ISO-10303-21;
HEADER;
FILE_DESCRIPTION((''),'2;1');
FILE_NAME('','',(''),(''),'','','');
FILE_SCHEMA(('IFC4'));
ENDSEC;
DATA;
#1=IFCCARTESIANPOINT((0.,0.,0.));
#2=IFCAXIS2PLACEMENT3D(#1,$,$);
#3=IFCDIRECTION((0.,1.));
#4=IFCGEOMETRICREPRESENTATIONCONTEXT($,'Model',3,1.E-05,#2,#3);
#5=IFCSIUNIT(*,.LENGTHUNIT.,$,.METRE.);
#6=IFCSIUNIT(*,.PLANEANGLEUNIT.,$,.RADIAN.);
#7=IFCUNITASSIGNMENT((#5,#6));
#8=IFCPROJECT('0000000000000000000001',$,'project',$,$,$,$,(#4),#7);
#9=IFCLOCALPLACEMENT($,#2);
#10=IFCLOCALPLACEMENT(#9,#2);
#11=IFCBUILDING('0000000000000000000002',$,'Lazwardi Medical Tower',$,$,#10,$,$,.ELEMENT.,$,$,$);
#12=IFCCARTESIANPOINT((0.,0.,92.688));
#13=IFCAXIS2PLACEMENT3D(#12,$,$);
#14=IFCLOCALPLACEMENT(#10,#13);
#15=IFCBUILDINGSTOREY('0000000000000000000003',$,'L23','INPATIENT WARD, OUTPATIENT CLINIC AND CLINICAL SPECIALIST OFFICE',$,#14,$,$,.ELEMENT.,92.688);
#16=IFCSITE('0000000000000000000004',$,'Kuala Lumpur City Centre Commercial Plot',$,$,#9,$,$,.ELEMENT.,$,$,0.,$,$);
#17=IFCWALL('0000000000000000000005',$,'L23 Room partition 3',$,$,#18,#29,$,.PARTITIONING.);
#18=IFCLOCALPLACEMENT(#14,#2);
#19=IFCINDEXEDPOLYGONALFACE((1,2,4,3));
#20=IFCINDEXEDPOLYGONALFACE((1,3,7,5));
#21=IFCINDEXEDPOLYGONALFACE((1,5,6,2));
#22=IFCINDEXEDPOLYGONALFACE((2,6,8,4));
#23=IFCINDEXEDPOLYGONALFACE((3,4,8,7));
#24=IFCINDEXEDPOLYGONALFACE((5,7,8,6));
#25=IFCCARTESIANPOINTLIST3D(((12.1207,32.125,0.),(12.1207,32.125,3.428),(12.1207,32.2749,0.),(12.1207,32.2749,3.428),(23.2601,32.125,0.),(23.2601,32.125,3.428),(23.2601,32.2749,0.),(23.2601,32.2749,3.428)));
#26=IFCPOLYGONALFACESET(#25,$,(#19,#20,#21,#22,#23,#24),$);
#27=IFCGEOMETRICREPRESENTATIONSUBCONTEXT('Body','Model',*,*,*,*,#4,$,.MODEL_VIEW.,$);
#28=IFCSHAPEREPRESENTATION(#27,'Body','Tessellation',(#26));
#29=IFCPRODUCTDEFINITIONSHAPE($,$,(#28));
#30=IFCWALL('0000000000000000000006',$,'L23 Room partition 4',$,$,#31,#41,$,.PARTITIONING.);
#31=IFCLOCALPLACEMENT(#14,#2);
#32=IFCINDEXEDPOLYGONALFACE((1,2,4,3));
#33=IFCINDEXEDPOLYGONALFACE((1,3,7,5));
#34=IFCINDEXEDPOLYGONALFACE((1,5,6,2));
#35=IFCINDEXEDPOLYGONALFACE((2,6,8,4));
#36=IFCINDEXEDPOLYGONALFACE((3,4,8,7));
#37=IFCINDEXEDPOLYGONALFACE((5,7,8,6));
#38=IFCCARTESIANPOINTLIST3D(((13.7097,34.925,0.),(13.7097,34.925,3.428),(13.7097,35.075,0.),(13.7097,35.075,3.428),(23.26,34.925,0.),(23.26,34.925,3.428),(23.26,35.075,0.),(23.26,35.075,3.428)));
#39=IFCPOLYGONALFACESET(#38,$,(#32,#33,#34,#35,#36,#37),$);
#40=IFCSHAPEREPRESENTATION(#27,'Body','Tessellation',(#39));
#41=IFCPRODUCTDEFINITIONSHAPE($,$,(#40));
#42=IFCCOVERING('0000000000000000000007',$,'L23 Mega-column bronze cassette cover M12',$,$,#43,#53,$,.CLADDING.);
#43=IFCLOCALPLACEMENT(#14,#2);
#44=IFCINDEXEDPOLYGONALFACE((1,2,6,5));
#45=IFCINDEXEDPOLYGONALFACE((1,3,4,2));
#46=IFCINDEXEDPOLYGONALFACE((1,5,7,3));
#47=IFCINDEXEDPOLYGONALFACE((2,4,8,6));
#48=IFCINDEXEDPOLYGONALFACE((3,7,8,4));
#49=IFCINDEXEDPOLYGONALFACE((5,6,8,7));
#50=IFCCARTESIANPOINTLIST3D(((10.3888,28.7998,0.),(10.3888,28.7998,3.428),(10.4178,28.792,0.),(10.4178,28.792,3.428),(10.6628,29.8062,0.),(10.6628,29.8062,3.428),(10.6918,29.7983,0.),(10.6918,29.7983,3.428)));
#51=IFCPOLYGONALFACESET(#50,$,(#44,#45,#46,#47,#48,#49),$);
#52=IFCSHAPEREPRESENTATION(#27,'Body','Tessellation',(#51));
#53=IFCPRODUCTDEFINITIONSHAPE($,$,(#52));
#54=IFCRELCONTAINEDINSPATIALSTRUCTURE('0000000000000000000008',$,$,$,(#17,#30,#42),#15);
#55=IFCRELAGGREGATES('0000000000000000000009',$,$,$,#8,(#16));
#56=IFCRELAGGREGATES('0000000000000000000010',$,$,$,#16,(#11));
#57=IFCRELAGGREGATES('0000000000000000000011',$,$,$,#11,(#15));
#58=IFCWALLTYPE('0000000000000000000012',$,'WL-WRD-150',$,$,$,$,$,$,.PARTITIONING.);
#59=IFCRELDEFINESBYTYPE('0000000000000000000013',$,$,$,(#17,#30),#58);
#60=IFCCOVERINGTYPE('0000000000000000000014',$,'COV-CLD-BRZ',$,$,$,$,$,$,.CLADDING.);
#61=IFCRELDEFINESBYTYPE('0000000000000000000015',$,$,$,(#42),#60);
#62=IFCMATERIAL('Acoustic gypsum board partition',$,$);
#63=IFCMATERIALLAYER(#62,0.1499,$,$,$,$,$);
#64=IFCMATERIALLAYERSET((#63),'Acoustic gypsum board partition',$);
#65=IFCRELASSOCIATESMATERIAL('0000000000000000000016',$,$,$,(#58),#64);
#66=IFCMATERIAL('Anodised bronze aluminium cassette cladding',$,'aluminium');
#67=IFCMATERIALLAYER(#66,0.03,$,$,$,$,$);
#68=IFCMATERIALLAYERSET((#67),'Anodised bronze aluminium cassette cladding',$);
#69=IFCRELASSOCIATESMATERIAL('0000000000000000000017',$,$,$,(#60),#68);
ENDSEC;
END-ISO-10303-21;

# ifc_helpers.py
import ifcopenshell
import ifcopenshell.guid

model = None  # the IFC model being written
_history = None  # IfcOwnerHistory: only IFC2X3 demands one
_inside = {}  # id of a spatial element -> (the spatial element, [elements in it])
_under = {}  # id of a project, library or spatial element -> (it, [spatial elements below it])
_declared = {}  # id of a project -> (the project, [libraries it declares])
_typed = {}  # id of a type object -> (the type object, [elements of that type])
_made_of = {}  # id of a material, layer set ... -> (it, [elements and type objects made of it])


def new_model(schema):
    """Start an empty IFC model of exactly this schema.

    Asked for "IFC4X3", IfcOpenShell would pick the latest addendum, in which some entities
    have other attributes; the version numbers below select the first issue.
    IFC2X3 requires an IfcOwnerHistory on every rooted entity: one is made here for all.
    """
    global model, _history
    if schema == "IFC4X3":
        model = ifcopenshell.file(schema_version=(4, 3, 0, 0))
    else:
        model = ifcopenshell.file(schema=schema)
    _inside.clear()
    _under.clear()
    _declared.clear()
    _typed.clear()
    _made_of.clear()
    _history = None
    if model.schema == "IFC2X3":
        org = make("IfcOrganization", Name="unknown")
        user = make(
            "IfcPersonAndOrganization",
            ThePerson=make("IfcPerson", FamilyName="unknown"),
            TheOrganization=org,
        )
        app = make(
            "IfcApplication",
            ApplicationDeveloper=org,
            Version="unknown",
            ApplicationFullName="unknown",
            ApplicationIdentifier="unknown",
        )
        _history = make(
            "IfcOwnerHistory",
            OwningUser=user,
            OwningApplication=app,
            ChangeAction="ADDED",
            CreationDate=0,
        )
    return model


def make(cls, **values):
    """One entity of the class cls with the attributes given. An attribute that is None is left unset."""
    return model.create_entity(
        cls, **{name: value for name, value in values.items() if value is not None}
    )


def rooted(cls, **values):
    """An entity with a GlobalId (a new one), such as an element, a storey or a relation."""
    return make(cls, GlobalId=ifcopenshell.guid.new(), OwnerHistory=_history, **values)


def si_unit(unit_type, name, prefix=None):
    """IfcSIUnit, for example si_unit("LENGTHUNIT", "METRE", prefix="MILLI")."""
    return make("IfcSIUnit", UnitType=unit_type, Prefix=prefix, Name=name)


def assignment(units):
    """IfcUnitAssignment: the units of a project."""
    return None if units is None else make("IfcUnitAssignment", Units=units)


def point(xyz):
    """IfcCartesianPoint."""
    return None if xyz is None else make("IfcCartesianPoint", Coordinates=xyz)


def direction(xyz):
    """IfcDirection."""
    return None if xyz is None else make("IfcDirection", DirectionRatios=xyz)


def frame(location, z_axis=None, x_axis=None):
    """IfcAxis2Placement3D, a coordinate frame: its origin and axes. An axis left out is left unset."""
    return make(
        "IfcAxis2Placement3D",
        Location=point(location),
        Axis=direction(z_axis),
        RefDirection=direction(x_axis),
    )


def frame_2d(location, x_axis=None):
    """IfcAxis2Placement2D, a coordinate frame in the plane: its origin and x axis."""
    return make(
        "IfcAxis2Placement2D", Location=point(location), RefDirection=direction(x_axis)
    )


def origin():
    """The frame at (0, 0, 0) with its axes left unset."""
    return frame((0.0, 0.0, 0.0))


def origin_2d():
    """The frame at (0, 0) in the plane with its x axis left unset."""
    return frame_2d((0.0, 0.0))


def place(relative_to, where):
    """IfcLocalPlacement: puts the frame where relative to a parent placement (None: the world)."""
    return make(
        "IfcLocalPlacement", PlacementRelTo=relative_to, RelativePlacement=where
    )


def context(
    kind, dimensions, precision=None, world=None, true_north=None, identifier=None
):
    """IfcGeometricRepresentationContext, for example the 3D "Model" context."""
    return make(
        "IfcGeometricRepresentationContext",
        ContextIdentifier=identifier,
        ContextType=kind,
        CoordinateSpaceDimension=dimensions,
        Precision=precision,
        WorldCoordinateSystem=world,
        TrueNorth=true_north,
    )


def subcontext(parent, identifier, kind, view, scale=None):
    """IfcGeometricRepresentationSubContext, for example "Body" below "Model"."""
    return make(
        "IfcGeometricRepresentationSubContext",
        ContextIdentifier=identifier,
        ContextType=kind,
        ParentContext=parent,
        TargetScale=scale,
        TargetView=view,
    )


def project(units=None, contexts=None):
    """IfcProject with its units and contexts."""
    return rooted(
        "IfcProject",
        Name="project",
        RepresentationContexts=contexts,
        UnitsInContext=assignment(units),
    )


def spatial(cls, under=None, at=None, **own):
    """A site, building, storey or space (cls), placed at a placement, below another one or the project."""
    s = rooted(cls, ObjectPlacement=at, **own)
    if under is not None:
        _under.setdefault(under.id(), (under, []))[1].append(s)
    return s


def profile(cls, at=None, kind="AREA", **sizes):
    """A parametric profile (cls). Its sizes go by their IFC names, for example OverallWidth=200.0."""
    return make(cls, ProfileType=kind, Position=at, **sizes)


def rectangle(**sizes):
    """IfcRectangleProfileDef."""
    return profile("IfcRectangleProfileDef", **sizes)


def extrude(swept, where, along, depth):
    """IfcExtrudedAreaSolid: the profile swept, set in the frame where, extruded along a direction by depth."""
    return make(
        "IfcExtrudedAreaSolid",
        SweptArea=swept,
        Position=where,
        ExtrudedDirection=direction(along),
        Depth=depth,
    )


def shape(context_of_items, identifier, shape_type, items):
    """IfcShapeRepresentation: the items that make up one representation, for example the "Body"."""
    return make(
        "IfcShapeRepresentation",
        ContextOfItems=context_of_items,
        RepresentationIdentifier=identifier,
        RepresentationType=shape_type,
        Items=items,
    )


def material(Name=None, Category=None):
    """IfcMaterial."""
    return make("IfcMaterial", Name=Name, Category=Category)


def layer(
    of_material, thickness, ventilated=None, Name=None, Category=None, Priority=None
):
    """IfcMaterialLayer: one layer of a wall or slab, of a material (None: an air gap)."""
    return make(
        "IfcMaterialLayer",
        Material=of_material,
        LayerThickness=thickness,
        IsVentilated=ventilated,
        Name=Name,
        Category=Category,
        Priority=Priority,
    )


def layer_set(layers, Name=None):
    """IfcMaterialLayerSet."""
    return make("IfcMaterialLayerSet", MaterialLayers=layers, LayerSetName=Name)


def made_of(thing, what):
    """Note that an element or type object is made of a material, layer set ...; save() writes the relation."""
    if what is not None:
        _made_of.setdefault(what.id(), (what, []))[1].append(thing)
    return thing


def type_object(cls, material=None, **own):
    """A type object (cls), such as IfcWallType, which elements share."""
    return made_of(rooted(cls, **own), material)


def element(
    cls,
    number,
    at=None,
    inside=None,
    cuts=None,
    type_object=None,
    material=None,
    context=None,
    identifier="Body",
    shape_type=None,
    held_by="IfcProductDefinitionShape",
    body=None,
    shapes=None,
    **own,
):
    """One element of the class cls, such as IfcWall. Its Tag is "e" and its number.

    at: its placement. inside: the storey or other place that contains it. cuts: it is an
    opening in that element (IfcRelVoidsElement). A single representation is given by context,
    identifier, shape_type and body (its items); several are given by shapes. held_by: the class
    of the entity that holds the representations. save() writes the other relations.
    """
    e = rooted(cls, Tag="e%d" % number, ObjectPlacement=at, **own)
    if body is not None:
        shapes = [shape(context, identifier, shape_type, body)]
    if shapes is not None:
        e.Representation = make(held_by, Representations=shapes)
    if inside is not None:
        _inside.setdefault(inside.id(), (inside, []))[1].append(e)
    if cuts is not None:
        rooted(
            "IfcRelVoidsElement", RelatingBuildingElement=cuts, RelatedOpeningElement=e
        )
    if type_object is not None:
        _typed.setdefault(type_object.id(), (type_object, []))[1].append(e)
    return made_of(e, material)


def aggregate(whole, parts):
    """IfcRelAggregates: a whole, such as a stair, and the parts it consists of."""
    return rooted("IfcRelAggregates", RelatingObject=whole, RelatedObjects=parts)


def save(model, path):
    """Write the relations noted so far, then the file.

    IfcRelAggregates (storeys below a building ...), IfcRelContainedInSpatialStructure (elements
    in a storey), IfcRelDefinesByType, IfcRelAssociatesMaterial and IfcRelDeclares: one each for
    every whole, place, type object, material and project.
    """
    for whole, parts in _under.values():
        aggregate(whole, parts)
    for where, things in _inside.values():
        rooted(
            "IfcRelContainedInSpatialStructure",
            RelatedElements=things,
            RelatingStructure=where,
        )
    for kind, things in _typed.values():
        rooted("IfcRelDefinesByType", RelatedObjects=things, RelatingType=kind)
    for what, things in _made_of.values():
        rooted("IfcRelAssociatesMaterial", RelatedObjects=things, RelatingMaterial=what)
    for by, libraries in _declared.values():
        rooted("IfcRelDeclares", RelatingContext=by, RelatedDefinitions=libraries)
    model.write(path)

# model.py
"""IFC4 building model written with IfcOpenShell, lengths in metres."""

from ifc_helpers import new_model, si_unit, direction, frame, frame_2d, origin, origin_2d, place, context, subcontext, project, spatial, rectangle, extrude, material, layer, layer_set, type_object, element, save


model = new_model("IFC4")

# Units and contexts
model_context = context("Model", 3, precision=1e-05, world=origin(), true_north=direction((0.0, 1.0)))
body_context = subcontext(model_context, "Body", "Model", "MODEL_VIEW")
ifc_project = project(units=[si_unit("LENGTHUNIT", "METRE"), si_unit("PLANEANGLEUNIT", "RADIAN")], contexts=[model_context])

# Site, building, storey
site_placement = place(None, origin())
site = spatial("IfcSite", under=ifc_project, at=site_placement, Name="Kuala Lumpur City Centre Commercial Plot", CompositionType="ELEMENT", RefElevation=0.0)
building_placement = place(site_placement, origin())
building = spatial("IfcBuilding", under=site, at=building_placement, Name="Lazwardi Medical Tower", CompositionType="ELEMENT")
storey_placement = place(building_placement, frame((0.0, 0.0, 92.688)))
storey = spatial("IfcBuildingStorey", under=building, at=storey_placement, Name="L23", Description="INPATIENT WARD, OUTPATIENT CLINIC AND CLINICAL SPECIALIST OFFICE", CompositionType="ELEMENT", Elevation=92.688)

# Walls
ifc_material_1 = material(Name="Acoustic gypsum board partition")
ifc_layer_1 = layer(ifc_material_1, 0.1499)
ifc_layer_set_1 = layer_set([ifc_layer_1], Name="Acoustic gypsum board partition")
wall_type_1 = type_object("IfcWallType", Name="WL-WRD-150", PredefinedType="PARTITIONING", material=ifc_layer_set_1)
wall_1_placement = place(storey_placement, frame((12.1206, 32.2, 0.0), z_axis=(0.0, 0.0, 1.0), x_axis=(1.0, 0.0, 0.0)))
element("IfcWall", 1, at=wall_1_placement, inside=storey, type_object=wall_type_1, Name="L23 Room partition 3", PredefinedType="PARTITIONING", context=body_context, shape_type="SweptSolid", body=[
    extrude(rectangle(XDim=11.1394, YDim=0.1499, at=frame_2d((5.5698, 0.0))), origin(), (0.0, 0.0, 1.0), 3.428),
])
wall_2_placement = place(storey_placement, frame((13.7097, 35.0, 0.0), z_axis=(0.0, 0.0, 1.0), x_axis=(1.0, 0.0, 0.0)))
element("IfcWall", 2, at=wall_2_placement, inside=storey, type_object=wall_type_1, Name="L23 Room partition 4", PredefinedType="PARTITIONING", context=body_context, shape_type="SweptSolid", body=[
    extrude(rectangle(XDim=9.5503, YDim=0.1499, at=frame_2d((4.7751, 0.0))), origin(), (0.0, 0.0, 1.0), 3.428),
])

# Covering
ifc_material_2 = material(Name="Anodised bronze aluminium cassette cladding", Category="aluminium")
ifc_layer_2 = layer(ifc_material_2, 0.03)
ifc_layer_set_2 = layer_set([ifc_layer_2], Name="Anodised bronze aluminium cassette cladding")
covering_type = type_object("IfcCoveringType", Name="COV-CLD-BRZ", PredefinedType="CLADDING", material=ifc_layer_set_2)
covering_placement = place(storey_placement, frame((10.5403, 29.2991, 0.0), z_axis=(0.0, 0.0, 1.0), x_axis=(-0.262696, -0.964879, 0.0)))
element("IfcCovering", 3, at=covering_placement, inside=storey, type_object=covering_type, Name="L23 Mega-column bronze cassette cover M12", PredefinedType="CLADDING", context=body_context, shape_type="SweptSolid", body=[
    extrude(rectangle(XDim=1.043, YDim=0.03, at=origin_2d()), origin(), (0.0, 0.0, 1.0), 3.428),
])

save(model, "model.ifc")
